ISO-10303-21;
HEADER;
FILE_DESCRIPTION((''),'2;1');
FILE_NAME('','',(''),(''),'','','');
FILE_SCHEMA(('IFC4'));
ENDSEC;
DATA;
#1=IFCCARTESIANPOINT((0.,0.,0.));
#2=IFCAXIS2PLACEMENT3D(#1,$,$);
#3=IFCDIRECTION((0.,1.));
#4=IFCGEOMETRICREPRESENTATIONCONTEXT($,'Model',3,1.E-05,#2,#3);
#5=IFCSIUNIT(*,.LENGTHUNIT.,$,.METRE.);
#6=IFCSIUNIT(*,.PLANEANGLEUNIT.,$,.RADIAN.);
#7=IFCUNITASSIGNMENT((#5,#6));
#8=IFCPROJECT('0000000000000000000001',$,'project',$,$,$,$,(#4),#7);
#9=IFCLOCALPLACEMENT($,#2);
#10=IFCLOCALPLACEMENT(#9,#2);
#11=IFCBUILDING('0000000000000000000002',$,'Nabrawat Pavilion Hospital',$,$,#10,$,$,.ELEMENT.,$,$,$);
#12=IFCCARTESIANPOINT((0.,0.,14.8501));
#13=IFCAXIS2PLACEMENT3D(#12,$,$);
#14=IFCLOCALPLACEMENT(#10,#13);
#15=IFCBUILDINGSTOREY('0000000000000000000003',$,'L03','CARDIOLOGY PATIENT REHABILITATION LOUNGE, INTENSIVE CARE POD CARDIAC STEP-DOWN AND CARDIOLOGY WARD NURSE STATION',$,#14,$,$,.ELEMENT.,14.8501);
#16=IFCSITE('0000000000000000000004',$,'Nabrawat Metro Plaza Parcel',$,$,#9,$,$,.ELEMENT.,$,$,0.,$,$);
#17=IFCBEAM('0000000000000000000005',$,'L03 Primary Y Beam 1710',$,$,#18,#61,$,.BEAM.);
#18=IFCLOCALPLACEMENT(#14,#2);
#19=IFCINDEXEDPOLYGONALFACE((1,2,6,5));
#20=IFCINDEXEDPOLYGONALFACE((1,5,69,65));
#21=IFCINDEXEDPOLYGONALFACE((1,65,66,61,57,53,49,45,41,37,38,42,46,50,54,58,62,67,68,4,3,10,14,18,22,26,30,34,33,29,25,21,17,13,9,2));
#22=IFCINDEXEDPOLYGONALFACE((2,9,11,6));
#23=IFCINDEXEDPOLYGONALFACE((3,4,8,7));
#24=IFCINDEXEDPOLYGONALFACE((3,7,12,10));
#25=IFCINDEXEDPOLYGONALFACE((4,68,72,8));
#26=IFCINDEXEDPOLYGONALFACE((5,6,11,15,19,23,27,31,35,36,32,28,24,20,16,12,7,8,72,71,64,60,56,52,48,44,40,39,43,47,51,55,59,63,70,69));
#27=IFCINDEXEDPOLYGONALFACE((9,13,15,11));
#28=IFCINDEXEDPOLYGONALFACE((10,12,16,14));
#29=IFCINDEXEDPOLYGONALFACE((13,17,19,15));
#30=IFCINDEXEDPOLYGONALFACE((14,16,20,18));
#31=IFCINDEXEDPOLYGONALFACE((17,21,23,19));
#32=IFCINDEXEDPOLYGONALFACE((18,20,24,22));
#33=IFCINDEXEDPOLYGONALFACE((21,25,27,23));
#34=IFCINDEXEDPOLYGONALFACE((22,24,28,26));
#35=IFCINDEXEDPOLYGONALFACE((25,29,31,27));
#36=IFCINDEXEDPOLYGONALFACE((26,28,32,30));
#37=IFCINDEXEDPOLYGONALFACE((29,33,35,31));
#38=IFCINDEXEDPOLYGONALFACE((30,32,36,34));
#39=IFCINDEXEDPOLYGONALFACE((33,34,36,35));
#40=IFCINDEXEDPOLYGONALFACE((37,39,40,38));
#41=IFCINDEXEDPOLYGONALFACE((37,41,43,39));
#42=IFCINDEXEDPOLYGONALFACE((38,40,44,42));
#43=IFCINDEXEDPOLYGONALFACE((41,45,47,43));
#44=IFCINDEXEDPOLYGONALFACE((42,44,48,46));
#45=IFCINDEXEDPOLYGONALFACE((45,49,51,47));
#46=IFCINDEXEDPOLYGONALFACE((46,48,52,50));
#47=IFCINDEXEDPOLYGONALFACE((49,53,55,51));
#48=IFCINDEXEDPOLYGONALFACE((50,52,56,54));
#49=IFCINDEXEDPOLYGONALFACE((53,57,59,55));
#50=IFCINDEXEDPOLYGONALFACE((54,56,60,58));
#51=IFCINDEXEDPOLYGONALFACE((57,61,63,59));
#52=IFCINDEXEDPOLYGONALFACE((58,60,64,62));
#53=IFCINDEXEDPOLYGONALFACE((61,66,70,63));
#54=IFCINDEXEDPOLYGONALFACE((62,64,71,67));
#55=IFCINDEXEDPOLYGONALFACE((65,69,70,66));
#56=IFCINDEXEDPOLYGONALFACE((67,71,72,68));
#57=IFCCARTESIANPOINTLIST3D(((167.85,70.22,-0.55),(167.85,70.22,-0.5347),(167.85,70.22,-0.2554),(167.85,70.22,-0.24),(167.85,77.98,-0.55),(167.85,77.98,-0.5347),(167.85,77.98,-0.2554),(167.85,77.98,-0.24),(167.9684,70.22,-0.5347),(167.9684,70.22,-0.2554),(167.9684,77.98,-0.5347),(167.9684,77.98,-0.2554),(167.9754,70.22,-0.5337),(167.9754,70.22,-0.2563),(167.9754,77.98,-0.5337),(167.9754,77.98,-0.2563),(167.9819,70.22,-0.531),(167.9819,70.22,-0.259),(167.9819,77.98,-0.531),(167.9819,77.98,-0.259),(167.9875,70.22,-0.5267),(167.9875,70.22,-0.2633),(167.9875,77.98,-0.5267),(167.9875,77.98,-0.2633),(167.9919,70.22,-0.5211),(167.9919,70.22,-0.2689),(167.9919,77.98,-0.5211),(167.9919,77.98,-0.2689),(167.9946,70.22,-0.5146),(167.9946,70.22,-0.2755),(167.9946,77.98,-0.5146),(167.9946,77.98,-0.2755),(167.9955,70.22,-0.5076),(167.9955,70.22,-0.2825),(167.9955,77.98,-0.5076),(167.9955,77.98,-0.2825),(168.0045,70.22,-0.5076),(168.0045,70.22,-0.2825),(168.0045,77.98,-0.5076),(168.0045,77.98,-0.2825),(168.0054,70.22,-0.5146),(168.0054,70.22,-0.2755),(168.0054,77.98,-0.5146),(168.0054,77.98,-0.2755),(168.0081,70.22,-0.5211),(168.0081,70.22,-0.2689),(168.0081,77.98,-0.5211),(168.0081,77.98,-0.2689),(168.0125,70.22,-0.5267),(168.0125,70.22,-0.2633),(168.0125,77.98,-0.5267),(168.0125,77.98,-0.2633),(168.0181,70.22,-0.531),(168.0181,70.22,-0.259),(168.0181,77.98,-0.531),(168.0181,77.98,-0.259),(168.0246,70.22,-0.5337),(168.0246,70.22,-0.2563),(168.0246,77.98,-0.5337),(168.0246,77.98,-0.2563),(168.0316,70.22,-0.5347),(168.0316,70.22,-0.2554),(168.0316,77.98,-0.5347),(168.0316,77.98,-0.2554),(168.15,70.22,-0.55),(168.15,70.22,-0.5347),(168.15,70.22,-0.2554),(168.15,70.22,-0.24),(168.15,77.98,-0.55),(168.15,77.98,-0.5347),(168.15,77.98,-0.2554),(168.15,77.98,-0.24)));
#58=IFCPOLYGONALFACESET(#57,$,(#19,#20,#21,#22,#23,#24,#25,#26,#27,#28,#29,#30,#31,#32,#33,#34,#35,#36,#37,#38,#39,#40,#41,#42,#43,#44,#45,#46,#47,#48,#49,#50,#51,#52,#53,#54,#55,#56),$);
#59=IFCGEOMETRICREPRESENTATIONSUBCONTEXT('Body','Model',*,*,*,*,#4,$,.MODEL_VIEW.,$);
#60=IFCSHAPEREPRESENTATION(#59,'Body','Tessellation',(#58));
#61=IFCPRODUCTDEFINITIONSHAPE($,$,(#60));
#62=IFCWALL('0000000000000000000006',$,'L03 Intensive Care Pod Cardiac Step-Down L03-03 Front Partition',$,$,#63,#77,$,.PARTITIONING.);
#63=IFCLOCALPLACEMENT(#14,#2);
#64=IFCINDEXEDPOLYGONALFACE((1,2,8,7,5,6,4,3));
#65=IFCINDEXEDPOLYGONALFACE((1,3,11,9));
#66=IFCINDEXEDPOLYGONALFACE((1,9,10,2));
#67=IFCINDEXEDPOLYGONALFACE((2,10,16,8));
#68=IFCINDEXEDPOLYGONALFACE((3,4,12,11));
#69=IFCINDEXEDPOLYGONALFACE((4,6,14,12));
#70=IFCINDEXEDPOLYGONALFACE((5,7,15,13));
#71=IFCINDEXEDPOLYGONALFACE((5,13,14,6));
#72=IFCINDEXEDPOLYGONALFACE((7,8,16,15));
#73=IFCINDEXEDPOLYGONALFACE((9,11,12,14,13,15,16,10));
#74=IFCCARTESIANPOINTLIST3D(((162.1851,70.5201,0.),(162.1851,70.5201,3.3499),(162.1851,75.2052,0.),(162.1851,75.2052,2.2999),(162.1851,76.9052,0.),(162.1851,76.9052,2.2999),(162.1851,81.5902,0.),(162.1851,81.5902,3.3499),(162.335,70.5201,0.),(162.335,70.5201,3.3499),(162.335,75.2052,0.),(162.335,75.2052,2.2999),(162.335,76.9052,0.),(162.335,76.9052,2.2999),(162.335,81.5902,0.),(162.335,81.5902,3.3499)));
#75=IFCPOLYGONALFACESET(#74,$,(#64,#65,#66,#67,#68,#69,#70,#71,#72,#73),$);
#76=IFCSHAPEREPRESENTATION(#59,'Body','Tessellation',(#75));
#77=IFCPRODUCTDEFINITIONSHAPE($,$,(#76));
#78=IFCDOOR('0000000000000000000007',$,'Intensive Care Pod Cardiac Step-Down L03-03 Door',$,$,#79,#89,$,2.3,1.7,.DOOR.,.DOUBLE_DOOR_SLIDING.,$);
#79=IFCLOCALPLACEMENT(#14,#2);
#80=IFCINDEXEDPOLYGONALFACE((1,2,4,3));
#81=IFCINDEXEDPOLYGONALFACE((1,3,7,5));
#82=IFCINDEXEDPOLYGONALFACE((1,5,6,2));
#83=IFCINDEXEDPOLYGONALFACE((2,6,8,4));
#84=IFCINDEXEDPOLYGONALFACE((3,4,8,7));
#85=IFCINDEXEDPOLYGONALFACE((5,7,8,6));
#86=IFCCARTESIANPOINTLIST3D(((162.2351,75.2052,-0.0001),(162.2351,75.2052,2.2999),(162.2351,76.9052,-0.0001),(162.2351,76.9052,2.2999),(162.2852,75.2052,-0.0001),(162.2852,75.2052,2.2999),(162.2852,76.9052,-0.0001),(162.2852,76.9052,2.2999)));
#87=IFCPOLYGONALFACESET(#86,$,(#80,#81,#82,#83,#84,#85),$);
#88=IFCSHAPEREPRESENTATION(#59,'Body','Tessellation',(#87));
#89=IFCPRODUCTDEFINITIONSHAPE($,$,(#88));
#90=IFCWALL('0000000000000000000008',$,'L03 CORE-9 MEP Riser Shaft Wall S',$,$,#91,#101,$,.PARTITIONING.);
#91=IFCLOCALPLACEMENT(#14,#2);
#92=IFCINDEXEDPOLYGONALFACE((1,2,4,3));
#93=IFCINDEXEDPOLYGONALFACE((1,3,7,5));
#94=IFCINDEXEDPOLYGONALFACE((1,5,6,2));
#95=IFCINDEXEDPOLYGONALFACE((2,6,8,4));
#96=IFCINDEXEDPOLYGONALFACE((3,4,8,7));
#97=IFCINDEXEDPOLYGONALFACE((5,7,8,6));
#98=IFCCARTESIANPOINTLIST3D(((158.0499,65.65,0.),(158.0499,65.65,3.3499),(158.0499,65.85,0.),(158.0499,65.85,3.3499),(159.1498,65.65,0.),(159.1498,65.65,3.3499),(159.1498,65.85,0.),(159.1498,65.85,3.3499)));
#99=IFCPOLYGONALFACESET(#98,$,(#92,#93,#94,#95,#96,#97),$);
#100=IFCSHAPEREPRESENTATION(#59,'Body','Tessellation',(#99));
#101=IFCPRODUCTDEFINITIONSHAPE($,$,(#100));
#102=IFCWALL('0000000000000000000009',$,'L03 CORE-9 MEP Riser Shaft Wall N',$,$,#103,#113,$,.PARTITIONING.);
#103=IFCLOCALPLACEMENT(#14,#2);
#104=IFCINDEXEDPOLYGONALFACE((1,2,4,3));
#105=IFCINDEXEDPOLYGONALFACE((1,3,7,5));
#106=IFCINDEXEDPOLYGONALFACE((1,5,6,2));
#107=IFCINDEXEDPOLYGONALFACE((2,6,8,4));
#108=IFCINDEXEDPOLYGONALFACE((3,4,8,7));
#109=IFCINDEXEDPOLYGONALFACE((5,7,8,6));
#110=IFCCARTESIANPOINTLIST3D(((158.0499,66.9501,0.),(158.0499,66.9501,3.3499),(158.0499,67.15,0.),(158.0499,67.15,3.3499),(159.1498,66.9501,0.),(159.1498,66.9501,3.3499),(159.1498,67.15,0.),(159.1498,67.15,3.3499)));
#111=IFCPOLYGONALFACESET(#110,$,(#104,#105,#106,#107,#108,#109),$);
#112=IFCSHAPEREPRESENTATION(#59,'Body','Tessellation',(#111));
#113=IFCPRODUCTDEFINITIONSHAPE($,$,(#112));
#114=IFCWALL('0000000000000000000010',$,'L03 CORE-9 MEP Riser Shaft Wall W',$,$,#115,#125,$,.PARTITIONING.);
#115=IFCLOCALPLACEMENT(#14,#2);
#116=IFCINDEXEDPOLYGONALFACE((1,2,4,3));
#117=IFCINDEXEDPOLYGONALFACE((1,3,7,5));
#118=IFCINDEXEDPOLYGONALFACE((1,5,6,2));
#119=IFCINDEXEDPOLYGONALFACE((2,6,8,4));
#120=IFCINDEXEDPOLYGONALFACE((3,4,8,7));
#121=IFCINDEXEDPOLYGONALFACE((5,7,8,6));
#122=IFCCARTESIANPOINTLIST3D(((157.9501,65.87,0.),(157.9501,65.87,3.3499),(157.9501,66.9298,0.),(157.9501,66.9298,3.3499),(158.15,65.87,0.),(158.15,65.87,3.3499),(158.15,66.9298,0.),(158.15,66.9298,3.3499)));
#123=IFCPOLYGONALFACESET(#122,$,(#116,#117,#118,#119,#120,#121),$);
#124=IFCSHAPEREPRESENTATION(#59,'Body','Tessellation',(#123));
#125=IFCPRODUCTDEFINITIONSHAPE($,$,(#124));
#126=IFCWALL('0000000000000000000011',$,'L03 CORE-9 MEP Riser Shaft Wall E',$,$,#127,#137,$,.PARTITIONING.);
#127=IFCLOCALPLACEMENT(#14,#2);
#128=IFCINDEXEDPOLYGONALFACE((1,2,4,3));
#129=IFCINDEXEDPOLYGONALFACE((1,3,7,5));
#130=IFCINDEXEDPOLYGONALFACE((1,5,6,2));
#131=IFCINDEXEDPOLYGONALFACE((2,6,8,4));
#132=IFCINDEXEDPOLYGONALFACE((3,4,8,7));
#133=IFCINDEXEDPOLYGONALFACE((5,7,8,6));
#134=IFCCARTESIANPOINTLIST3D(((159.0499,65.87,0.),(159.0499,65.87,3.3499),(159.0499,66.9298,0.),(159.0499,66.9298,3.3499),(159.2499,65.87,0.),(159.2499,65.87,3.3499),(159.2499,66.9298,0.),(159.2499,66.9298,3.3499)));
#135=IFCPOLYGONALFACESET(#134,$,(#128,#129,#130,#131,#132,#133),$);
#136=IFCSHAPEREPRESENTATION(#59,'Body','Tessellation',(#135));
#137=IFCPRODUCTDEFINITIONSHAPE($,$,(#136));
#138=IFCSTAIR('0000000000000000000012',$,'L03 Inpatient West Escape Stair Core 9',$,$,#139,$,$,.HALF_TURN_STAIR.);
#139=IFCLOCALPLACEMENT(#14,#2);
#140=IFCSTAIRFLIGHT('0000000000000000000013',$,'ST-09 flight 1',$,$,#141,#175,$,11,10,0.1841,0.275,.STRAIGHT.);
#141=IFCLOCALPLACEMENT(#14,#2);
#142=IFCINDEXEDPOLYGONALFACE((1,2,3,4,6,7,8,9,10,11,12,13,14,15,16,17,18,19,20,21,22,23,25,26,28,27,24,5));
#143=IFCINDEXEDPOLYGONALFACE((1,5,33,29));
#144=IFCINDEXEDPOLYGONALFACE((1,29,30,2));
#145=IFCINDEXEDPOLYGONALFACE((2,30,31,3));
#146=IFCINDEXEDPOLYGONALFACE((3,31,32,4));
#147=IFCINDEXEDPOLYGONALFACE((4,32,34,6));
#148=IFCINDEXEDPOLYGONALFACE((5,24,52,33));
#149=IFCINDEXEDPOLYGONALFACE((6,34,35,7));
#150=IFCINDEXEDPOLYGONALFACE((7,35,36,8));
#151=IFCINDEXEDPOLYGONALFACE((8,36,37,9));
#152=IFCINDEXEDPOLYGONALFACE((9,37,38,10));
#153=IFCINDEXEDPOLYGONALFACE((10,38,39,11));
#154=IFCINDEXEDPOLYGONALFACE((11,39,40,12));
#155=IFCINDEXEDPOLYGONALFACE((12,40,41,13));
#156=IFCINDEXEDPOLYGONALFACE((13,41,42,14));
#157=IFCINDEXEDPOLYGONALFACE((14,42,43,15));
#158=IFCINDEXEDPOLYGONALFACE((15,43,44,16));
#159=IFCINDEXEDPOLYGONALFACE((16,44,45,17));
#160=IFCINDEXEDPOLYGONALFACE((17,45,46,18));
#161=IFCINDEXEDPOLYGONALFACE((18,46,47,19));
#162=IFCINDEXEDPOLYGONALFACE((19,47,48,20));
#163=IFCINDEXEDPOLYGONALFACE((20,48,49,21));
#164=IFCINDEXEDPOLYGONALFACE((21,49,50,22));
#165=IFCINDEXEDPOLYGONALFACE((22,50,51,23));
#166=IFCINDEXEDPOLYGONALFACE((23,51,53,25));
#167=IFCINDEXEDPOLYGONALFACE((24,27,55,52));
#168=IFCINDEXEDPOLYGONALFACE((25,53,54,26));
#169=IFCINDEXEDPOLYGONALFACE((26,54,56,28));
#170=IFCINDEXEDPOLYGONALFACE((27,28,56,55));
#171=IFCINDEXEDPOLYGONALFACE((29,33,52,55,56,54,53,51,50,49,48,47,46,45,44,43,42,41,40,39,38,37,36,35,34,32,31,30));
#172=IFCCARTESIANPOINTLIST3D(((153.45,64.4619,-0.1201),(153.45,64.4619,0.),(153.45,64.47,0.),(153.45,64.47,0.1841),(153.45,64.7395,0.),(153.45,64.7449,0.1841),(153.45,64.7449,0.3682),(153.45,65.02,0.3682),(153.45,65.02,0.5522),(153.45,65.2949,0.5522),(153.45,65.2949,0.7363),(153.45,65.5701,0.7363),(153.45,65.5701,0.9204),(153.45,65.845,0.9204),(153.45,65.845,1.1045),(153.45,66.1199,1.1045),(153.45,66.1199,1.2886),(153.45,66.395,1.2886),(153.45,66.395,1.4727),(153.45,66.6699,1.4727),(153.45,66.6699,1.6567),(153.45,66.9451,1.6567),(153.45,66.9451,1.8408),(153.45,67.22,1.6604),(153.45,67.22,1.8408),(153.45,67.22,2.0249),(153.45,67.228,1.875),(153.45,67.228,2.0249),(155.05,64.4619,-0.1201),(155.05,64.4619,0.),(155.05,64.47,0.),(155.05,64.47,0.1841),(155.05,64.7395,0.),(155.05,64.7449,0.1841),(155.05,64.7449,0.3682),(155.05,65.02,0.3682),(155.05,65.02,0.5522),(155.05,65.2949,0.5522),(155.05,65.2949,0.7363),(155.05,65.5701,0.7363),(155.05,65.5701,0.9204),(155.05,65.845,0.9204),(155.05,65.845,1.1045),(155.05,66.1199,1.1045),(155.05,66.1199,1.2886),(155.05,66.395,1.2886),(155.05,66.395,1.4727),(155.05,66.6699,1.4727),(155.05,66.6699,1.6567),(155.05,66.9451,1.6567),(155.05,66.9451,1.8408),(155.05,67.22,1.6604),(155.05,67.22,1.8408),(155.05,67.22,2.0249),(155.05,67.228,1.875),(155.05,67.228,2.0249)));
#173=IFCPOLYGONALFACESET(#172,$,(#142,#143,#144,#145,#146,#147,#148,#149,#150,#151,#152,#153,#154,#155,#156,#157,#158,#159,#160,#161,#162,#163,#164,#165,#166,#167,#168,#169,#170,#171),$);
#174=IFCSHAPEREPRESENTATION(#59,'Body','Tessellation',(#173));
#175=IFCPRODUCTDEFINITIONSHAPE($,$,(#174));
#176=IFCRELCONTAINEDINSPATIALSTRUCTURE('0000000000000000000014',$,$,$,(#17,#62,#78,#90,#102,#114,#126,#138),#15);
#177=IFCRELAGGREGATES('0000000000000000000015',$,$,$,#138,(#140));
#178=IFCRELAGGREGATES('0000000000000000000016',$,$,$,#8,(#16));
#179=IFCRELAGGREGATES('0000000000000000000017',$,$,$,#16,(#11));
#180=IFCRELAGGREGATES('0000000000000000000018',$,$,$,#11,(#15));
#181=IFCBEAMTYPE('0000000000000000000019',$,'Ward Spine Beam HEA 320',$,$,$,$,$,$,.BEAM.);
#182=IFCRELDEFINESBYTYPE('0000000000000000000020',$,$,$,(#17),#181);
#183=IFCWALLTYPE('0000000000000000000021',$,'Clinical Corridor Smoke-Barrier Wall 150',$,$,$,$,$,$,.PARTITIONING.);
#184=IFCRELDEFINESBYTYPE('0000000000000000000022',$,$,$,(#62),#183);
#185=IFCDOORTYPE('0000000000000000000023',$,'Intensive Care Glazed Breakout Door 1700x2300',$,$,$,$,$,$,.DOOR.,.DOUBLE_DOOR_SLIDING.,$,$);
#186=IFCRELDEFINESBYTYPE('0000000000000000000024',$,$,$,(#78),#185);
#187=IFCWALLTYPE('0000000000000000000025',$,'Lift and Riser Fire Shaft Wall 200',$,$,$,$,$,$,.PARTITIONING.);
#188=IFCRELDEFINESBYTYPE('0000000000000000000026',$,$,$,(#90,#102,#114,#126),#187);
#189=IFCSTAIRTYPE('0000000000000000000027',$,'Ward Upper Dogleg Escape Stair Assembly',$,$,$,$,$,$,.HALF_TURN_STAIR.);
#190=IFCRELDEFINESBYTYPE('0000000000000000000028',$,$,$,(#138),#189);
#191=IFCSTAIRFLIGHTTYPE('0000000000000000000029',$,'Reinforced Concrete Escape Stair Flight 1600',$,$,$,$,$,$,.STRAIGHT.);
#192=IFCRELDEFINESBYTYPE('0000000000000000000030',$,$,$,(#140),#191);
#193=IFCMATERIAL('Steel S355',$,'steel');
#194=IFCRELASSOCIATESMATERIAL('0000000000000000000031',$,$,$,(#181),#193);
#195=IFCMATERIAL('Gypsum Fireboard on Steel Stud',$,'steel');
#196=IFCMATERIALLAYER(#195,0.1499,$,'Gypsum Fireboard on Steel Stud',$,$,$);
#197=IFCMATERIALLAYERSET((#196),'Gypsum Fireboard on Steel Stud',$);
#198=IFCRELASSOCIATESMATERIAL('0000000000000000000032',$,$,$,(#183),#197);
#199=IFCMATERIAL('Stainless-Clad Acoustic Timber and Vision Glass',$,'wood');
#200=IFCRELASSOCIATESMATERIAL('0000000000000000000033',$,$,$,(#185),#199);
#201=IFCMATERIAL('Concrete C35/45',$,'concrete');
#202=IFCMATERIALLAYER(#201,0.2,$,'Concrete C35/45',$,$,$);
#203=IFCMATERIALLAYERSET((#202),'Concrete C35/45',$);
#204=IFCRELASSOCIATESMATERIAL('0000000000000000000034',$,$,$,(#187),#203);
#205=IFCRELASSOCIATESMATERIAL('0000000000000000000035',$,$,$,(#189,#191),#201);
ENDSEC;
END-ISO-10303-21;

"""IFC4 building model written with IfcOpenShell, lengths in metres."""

from ifc_helpers import new_model, si_unit, direction, frame, frame_2d, origin, origin_2d, place, context, subcontext, project, spatial, polyline, rectangle, i_section, outline, extrude, material, layer, layer_set, material_profile, profile_set, type_object, element, fill, aggregate, save


model = new_model("IFC4")

# Units and contexts
model_context = context("Model", 3, precision=1e-05, world=origin(), true_north=direction((0.0, 1.0)))
body_context = subcontext(model_context, "Body", "Model", "MODEL_VIEW")
ifc_project = project(units=[si_unit("LENGTHUNIT", "METRE"), si_unit("PLANEANGLEUNIT", "RADIAN")], contexts=[model_context])

# Site, building, storey
site_placement = place(None, origin())
site = spatial("IfcSite", under=ifc_project, at=site_placement, Name="Nabrawat Metro Plaza Parcel", CompositionType="ELEMENT", RefElevation=0.0)
building_placement = place(site_placement, origin())
building = spatial("IfcBuilding", under=site, at=building_placement, Name="Nabrawat Pavilion Hospital", CompositionType="ELEMENT")
storey_placement = place(building_placement, frame((0.0, 0.0, 14.8501)))
storey = spatial("IfcBuildingStorey", under=building, at=storey_placement, Name="L03", Description="CARDIOLOGY PATIENT REHABILITATION LOUNGE, INTENSIVE CARE POD CARDIAC STEP-DOWN AND CARDIOLOGY WARD NURSE STATION", CompositionType="ELEMENT", Elevation=14.8501)

# Shared definitions
ifc_material_1 = material(Name="Steel S355", Category="steel")

# Beam
ifc_material_profile_1 = material_profile(ifc_material_1, i_section(OverallWidth=0.3, OverallDepth=0.3101, WebThickness=0.009, FlangeThickness=0.0154, FilletRadius=0.0271, at=origin_2d()), Name="HEA 320")
ifc_profile_set_1 = profile_set([ifc_material_profile_1], Name="Steel S355")
beam_type_1 = type_object("IfcBeamType", Name="Ward Spine Beam HEA 320", PredefinedType="BEAM", material=ifc_profile_set_1)
for number, where, z_axis, x_axis, name in (
    (1, (168.0, 70.22, -0.395), (0.0, 1.0, 0.0), (-1.0, 0.0, 0.0), "L03 Primary Y Beam 1710"),
):
    element("IfcBeam", number, at=place(storey_placement, frame(where, z_axis=z_axis, x_axis=x_axis)), inside=storey, type_object=beam_type_1, Name=name, PredefinedType="BEAM", context=body_context, shape_type="SweptSolid", body=[
        extrude(i_section(OverallWidth=0.3, OverallDepth=0.3101, WebThickness=0.009, FlangeThickness=0.0154, FilletRadius=0.0271, at=origin_2d()), origin(), (0.0, 0.0, 1.0), 7.76),
    ])

# Wall, opening, door
ifc_material_2 = material(Name="Gypsum Fireboard on Steel Stud", Category="steel")
ifc_layer_1 = layer(ifc_material_2, 0.1499, Name="Gypsum Fireboard on Steel Stud")
ifc_layer_set_1 = layer_set([ifc_layer_1], Name="Gypsum Fireboard on Steel Stud")
wall_type_1 = type_object("IfcWallType", Name="Clinical Corridor Smoke-Barrier Wall 150", PredefinedType="PARTITIONING", material=ifc_layer_set_1)
wall_1_placement = place(storey_placement, frame((162.26, 70.52, 0.0), z_axis=(0.0, 0.0, 1.0), x_axis=(0.0, 1.0, 0.0)))
wall_1 = element("IfcWall", 2, at=wall_1_placement, inside=storey, type_object=wall_type_1, Name="L03 Intensive Care Pod Cardiac Step-Down L03-03 Front Partition", PredefinedType="PARTITIONING", context=body_context, shape_type="SweptSolid", body=[
    extrude(rectangle(XDim=11.0701, YDim=0.1499, at=frame_2d((5.5352, 0.0))), origin(), (0.0, 0.0, 1.0), 3.3499),
])
opening_1_placement = place(wall_1_placement, frame((4.6851, 0.0, 0.0)))
opening_1 = element("IfcOpeningElement", 3, at=opening_1_placement, cuts=wall_1, PredefinedType="OPENING", context=body_context, shape_type="SweptSolid", body=[
    extrude(rectangle(XDim=1.7, YDim=2.3, at=frame_2d((0.8501, 1.1499))), frame((0.0, 0.085, 0.0), z_axis=(0.0, -1.0, 0.0), x_axis=(1.0, 0.0, 0.0)), (0.0, 0.0, 1.0), 0.1699),
])
ifc_material_3 = material(Name="Stainless-Clad Acoustic Timber and Vision Glass", Category="wood")
door_type_1 = type_object("IfcDoorType", Name="Intensive Care Glazed Breakout Door 1700x2300", OperationType="DOUBLE_DOOR_SLIDING", PredefinedType="DOOR", material=ifc_material_3)
door_1_placement = place(opening_1_placement, origin())
door_1 = element("IfcDoor", 4, at=door_1_placement, inside=storey, type_object=door_type_1, Name="Intensive Care Pod Cardiac Step-Down L03-03 Door", OperationType="DOUBLE_DOOR_SLIDING", OverallHeight=2.3, OverallWidth=1.7, PredefinedType="DOOR", context=body_context, shape_type="SweptSolid", body=[
    extrude(rectangle(XDim=1.7, YDim=2.3, at=frame_2d((0.8501, 1.1499))), frame((0.0, 0.0249, 0.0), z_axis=(0.0, -1.0, 0.0), x_axis=(1.0, 0.0, 0.0)), (0.0, 0.0, 1.0), 0.05),
])
fill(opening_1, door_1)

# Walls
ifc_material_4 = material(Name="Concrete C35/45", Category="concrete")
ifc_layer_2 = layer(ifc_material_4, 0.2, Name="Concrete C35/45")
ifc_layer_set_2 = layer_set([ifc_layer_2], Name="Concrete C35/45")
wall_type_2 = type_object("IfcWallType", Name="Lift and Riser Fire Shaft Wall 200", PredefinedType="PARTITIONING", material=ifc_layer_set_2)
for number, where, z_axis, x_axis, name in (
    (5, (158.05, 65.75, 0.0), (0.0, 0.0, 1.0), (1.0, 0.0, 0.0), "L03 CORE-9 MEP Riser Shaft Wall S"),
    (6, (158.05, 67.05, 0.0), (0.0, 0.0, 1.0), (1.0, 0.0, 0.0), "L03 CORE-9 MEP Riser Shaft Wall N"),
):
    element("IfcWall", number, at=place(storey_placement, frame(where, z_axis=z_axis, x_axis=x_axis)), inside=storey, type_object=wall_type_2, Name=name, PredefinedType="PARTITIONING", context=body_context, shape_type="SweptSolid", body=[
        extrude(rectangle(XDim=1.0999, YDim=0.2, at=frame_2d((0.5498, 0.0))), origin(), (0.0, 0.0, 1.0), 3.3499),
    ])
for number, where, z_axis, x_axis, name in (
    (7, (158.05, 65.8701, 0.0), (0.0, 0.0, 1.0), (0.0, 1.0, 0.0), "L03 CORE-9 MEP Riser Shaft Wall W"),
    (8, (159.1499, 65.8701, 0.0), (0.0, 0.0, 1.0), (0.0, 1.0, 0.0), "L03 CORE-9 MEP Riser Shaft Wall E"),
):
    element("IfcWall", number, at=place(storey_placement, frame(where, z_axis=z_axis, x_axis=x_axis)), inside=storey, type_object=wall_type_2, Name=name, PredefinedType="PARTITIONING", context=body_context, shape_type="SweptSolid", body=[
        extrude(rectangle(XDim=1.0598, YDim=0.2, at=frame_2d((0.5298, 0.0))), origin(), (0.0, 0.0, 1.0), 3.3499),
    ])

# Stair, stair flight
stair_type = type_object("IfcStairType", Name="Ward Upper Dogleg Escape Stair Assembly", PredefinedType="HALF_TURN_STAIR", material=ifc_material_4)
stair_placement = place(storey_placement, origin())
stair = element("IfcStair", 9, at=stair_placement, inside=storey, type_object=stair_type, Name="L03 Inpatient West Escape Stair Core 9", PredefinedType="HALF_TURN_STAIR")
stair_flight_type = type_object("IfcStairFlightType", Name="Reinforced Concrete Escape Stair Flight 1600", PredefinedType="STRAIGHT", material=ifc_material_4)
stair_flight_placement = place(storey_placement, frame((154.25, 64.47, 0.0), z_axis=(0.0, 0.0, 1.0), x_axis=(0.0, 1.0, 0.0)))
stair_flight = element("IfcStairFlight", 10, at=stair_flight_placement, type_object=stair_flight_type, Name="ST-09 flight 1", NumberOfRisers=11, NumberOfTreads=10, PredefinedType="STRAIGHT", RiserHeight=0.1841, TreadLength=0.275, context=body_context, shape_type="SweptSolid", body=[
    extrude(outline(polyline([(-0.0081, 0.0), (0.0, 0.0), (0.0, 0.1841), (0.2749, 0.1841), (0.2749, 0.3682), (0.55, 0.3682), (0.55, 0.5522), (0.825, 0.5522), (0.825, 0.7363), (1.1001, 0.7363), (1.1001, 0.9204), (1.375, 0.9204), (1.375, 1.1045), (1.6499, 1.1045), (1.6499, 1.2886), (1.925, 1.2886), (1.925, 1.4727), (2.2, 1.4727), (2.2, 1.6567), (2.4751, 1.6567), (2.4751, 1.8408), (2.75, 1.8408), (2.75, 2.0249), (2.7581, 2.0249), (2.7581, 1.875), (2.75, 1.6604), (0.2695, 0.0), (-0.0081, -0.1201), (-0.0081, 0.0)])), frame((0.0, 0.8, 0.0), z_axis=(0.0, -1.0, 0.0), x_axis=(1.0, 0.0, 0.0)), (0.0, 0.0, 1.0), 1.6001),
])
aggregate(stair, [stair_flight])

save(model, "model.ifc")
